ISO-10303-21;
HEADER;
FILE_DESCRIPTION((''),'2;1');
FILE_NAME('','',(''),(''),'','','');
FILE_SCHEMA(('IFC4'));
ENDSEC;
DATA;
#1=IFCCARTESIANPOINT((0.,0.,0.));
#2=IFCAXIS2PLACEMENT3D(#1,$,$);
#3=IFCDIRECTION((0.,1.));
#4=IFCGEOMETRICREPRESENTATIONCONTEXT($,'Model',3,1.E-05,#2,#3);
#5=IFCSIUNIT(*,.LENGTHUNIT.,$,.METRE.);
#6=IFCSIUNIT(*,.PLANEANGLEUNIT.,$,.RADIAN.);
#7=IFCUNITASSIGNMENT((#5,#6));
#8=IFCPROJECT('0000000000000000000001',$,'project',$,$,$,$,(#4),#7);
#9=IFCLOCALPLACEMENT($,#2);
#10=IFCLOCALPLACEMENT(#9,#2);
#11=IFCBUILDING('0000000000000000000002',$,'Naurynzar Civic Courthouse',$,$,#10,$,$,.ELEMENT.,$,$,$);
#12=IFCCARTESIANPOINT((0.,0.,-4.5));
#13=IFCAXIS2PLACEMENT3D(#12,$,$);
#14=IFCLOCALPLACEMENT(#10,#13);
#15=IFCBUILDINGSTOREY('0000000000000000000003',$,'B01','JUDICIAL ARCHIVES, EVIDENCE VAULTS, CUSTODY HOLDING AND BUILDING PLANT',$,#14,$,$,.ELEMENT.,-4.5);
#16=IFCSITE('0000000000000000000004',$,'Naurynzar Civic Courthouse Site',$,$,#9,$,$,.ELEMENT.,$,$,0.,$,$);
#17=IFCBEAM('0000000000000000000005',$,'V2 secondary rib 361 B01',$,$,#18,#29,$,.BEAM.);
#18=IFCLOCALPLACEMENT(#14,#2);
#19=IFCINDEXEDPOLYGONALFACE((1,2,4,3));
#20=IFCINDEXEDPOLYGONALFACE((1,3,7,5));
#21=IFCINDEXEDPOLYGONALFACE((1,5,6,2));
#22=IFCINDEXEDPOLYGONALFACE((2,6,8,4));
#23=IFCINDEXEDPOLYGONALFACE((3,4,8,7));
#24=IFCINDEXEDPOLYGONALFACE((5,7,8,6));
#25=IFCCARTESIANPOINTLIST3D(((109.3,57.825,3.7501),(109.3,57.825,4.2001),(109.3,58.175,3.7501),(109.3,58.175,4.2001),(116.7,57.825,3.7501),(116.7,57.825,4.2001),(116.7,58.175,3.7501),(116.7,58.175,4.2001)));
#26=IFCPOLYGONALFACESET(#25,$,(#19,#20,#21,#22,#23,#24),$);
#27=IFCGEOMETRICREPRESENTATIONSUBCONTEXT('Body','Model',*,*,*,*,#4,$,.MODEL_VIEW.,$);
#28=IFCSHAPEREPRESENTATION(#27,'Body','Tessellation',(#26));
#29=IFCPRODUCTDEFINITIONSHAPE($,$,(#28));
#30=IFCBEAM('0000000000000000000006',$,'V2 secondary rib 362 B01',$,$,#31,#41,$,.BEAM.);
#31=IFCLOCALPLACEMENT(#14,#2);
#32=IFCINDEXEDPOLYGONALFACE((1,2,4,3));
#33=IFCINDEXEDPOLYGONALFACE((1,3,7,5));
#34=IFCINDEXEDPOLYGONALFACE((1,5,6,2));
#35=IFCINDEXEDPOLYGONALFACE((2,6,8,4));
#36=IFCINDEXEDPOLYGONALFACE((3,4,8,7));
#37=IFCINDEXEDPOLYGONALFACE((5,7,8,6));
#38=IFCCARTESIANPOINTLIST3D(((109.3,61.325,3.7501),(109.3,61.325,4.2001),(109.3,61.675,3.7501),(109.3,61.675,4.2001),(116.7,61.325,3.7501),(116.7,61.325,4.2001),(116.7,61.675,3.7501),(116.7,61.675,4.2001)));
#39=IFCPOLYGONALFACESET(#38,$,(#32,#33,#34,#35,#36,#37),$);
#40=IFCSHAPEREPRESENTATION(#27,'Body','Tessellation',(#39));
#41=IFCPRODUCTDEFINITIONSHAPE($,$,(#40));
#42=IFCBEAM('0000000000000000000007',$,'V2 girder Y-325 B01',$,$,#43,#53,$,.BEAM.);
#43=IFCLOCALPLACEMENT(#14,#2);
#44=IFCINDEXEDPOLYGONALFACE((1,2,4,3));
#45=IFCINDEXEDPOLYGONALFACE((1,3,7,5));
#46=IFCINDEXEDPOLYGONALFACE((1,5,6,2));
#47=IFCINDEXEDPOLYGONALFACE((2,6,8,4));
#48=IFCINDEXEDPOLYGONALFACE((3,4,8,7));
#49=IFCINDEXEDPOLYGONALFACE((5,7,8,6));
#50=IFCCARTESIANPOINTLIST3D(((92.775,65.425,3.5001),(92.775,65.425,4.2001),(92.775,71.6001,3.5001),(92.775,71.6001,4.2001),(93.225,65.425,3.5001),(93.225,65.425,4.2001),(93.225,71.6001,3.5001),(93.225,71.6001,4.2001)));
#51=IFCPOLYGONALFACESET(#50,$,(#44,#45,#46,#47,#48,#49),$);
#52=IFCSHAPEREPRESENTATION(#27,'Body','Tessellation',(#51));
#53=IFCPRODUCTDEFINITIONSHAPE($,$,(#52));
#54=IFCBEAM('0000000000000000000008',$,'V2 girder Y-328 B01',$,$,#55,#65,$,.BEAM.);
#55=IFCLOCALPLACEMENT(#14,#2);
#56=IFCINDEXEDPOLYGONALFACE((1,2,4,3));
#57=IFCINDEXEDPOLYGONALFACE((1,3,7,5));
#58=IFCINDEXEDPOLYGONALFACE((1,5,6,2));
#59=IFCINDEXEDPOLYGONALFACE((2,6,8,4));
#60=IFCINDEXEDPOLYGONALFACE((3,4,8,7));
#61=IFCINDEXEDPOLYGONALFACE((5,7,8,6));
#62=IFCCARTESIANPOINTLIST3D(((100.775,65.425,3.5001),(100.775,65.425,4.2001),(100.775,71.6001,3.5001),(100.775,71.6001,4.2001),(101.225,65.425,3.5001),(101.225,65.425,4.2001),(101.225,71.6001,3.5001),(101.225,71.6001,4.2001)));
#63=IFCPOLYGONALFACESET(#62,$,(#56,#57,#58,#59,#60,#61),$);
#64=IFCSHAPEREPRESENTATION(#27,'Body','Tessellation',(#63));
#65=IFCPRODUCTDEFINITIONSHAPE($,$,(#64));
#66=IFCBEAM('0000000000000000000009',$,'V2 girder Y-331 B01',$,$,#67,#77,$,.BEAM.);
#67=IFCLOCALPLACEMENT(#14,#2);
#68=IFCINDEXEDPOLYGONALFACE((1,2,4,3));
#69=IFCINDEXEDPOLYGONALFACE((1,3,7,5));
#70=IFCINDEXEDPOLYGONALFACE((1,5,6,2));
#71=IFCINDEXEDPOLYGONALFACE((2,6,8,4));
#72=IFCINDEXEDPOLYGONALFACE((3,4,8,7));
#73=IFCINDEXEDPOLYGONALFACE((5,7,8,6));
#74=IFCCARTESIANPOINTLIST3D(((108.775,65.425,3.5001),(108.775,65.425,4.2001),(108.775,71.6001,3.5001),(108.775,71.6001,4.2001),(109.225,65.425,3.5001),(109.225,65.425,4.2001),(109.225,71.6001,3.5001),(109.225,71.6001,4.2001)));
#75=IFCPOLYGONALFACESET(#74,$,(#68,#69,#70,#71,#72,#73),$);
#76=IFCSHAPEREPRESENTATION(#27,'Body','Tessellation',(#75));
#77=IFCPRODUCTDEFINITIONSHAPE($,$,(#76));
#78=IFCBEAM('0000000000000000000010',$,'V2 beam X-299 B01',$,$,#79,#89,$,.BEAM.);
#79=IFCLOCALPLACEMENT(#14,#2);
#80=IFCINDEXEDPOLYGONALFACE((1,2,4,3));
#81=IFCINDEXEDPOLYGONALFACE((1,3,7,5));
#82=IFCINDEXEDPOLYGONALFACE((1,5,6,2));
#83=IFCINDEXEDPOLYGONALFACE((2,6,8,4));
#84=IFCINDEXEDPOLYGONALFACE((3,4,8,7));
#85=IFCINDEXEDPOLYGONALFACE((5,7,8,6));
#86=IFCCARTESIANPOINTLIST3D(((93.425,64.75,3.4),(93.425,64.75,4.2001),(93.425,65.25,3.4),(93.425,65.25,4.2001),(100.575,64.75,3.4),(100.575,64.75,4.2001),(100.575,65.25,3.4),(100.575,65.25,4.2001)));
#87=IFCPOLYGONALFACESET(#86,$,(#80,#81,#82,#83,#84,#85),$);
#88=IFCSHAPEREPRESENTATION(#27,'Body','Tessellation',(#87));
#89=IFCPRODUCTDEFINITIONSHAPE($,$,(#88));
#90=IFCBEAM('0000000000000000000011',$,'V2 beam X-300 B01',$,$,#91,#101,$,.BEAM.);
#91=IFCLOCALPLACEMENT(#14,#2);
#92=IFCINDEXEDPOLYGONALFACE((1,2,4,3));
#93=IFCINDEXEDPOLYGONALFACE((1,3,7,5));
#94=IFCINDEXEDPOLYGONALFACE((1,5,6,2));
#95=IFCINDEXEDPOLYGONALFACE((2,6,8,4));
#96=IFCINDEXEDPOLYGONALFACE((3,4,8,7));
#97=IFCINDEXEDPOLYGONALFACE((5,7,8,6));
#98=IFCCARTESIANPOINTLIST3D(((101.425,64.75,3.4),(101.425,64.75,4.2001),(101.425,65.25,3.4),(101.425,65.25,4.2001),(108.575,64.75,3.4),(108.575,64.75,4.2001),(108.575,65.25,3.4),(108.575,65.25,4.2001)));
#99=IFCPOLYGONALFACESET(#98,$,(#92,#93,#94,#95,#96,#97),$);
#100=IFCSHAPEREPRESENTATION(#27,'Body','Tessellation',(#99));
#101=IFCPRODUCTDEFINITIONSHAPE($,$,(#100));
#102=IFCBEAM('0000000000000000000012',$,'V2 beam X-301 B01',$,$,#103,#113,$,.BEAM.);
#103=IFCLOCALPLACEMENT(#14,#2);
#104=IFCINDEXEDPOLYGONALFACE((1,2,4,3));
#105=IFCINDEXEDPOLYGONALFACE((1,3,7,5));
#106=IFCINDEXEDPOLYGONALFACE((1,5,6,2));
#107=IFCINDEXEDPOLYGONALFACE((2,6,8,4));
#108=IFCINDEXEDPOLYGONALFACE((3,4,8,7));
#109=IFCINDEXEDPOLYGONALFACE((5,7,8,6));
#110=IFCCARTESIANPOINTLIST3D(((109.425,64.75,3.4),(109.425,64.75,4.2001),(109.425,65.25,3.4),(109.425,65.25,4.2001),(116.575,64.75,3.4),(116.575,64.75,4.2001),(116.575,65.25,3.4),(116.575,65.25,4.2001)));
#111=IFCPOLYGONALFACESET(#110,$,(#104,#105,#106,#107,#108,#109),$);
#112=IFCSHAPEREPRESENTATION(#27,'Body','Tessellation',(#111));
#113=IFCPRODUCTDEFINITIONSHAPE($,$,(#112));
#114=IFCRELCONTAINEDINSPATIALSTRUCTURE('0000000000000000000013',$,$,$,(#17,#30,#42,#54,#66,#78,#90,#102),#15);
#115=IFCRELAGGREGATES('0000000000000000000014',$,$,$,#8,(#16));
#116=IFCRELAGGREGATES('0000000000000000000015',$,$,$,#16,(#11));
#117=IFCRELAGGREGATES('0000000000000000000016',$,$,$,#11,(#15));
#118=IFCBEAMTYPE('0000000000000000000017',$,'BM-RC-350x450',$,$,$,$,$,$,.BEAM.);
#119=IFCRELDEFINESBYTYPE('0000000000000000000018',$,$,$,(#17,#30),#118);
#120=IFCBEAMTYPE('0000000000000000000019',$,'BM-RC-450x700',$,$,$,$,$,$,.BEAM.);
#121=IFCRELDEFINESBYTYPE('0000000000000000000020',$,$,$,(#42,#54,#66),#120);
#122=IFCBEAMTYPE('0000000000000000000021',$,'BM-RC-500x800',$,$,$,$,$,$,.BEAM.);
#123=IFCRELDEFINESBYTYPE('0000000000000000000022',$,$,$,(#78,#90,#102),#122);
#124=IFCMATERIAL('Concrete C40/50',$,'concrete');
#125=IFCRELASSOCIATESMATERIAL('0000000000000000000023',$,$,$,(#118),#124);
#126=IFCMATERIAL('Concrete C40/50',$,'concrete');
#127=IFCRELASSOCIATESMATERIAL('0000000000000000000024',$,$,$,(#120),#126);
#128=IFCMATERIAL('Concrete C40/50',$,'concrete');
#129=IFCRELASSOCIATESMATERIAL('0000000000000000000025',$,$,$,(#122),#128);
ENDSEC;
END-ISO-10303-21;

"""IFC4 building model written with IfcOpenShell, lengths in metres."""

from ifc_helpers import new_model, si_unit, direction, frame, origin, origin_2d, place, context, subcontext, project, spatial, rectangle, extrude, material, material_profile, profile_set, type_object, element, save


model = new_model("IFC4")

# Units and contexts
model_context = context("Model", 3, precision=1e-05, world=origin(), true_north=direction((0.0, 1.0)))
body_context = subcontext(model_context, "Body", "Model", "MODEL_VIEW")
ifc_project = project(units=[si_unit("LENGTHUNIT", "METRE"), si_unit("PLANEANGLEUNIT", "RADIAN")], contexts=[model_context])

# Site, building, storey
site_placement = place(None, origin())
site = spatial("IfcSite", under=ifc_project, at=site_placement, Name="Naurynzar Civic Courthouse Site", CompositionType="ELEMENT", RefElevation=0.0)
building_placement = place(site_placement, origin())
building = spatial("IfcBuilding", under=site, at=building_placement, Name="Naurynzar Civic Courthouse", CompositionType="ELEMENT")
storey_placement = place(building_placement, frame((0.0, 0.0, -4.5)))
storey = spatial("IfcBuildingStorey", under=building, at=storey_placement, Name="B01", Description="JUDICIAL ARCHIVES, EVIDENCE VAULTS, CUSTODY HOLDING AND BUILDING PLANT", CompositionType="ELEMENT", Elevation=-4.5)

# Beams
ifc_material_1 = material(Name="Concrete C40/50", Category="concrete")
ifc_material_profile_1 = material_profile(ifc_material_1, rectangle(XDim=0.3501, YDim=0.45, at=origin_2d()), Name="RCB 350x450")
ifc_profile_set_1 = profile_set([ifc_material_profile_1], Name="Concrete C40/50")
beam_type_1 = type_object("IfcBeamType", Name="BM-RC-350x450", PredefinedType="BEAM", material=ifc_profile_set_1)
for number, where, z_axis, x_axis, name in (
    (1, (109.3, 58.0, 3.9751), (1.0, 0.0, 0.0), (0.0, 1.0, 0.0), "V2 secondary rib 361 B01"),
    (2, (109.3, 61.5, 3.9751), (1.0, 0.0, 0.0), (0.0, 1.0, 0.0), "V2 secondary rib 362 B01"),
):
    element("IfcBeam", number, at=place(storey_placement, frame(where, z_axis=z_axis, x_axis=x_axis)), inside=storey, type_object=beam_type_1, Name=name, PredefinedType="BEAM", context=body_context, shape_type="SweptSolid", body=[
        extrude(rectangle(XDim=0.3501, YDim=0.45, at=origin_2d()), origin(), (0.0, 0.0, 1.0), 7.3999),
    ])
ifc_material_2 = material(Name="Concrete C40/50", Category="concrete")
ifc_material_profile_2 = material_profile(ifc_material_2, rectangle(XDim=0.45, YDim=0.7, at=origin_2d()), Name="RCB 450x700")
ifc_profile_set_2 = profile_set([ifc_material_profile_2], Name="Concrete C40/50")
beam_type_2 = type_object("IfcBeamType", Name="BM-RC-450x700", PredefinedType="BEAM", material=ifc_profile_set_2)
for number, where, z_axis, x_axis, name in (
    (3, (93.0, 65.425, 3.8501), (0.0, 1.0, 0.0), (-1.0, 0.0, 0.0), "V2 girder Y-325 B01"),
    (4, (101.0, 65.425, 3.8501), (0.0, 1.0, 0.0), (-1.0, 0.0, 0.0), "V2 girder Y-328 B01"),
    (5, (109.0, 65.425, 3.8501), (0.0, 1.0, 0.0), (-1.0, 0.0, 0.0), "V2 girder Y-331 B01"),
):
    element("IfcBeam", number, at=place(storey_placement, frame(where, z_axis=z_axis, x_axis=x_axis)), inside=storey, type_object=beam_type_2, Name=name, PredefinedType="BEAM", context=body_context, shape_type="SweptSolid", body=[
        extrude(rectangle(XDim=0.45, YDim=0.7, at=origin_2d()), origin(), (0.0, 0.0, 1.0), 6.175),
    ])
ifc_material_3 = material(Name="Concrete C40/50", Category="concrete")
ifc_material_profile_3 = material_profile(ifc_material_3, rectangle(XDim=0.5, YDim=0.8, at=origin_2d()), Name="RCB 500x800")
ifc_profile_set_3 = profile_set([ifc_material_profile_3], Name="Concrete C40/50")
beam_type_3 = type_object("IfcBeamType", Name="BM-RC-500x800", PredefinedType="BEAM", material=ifc_profile_set_3)
for number, where, z_axis, x_axis, name in (
    (6, (93.425, 65.0, 3.8), (1.0, 0.0, 0.0), (0.0, 1.0, 0.0), "V2 beam X-299 B01"),
    (7, (101.425, 65.0, 3.8), (1.0, 0.0, 0.0), (0.0, 1.0, 0.0), "V2 beam X-300 B01"),
    (8, (109.425, 65.0, 3.8), (1.0, 0.0, 0.0), (0.0, 1.0, 0.0), "V2 beam X-301 B01"),
):
    element("IfcBeam", number, at=place(storey_placement, frame(where, z_axis=z_axis, x_axis=x_axis)), inside=storey, type_object=beam_type_3, Name=name, PredefinedType="BEAM", context=body_context, shape_type="SweptSolid", body=[
        extrude(rectangle(XDim=0.5, YDim=0.8, at=origin_2d()), origin(), (0.0, 0.0, 1.0), 7.1499),
    ])

save(model, "model.ifc")
